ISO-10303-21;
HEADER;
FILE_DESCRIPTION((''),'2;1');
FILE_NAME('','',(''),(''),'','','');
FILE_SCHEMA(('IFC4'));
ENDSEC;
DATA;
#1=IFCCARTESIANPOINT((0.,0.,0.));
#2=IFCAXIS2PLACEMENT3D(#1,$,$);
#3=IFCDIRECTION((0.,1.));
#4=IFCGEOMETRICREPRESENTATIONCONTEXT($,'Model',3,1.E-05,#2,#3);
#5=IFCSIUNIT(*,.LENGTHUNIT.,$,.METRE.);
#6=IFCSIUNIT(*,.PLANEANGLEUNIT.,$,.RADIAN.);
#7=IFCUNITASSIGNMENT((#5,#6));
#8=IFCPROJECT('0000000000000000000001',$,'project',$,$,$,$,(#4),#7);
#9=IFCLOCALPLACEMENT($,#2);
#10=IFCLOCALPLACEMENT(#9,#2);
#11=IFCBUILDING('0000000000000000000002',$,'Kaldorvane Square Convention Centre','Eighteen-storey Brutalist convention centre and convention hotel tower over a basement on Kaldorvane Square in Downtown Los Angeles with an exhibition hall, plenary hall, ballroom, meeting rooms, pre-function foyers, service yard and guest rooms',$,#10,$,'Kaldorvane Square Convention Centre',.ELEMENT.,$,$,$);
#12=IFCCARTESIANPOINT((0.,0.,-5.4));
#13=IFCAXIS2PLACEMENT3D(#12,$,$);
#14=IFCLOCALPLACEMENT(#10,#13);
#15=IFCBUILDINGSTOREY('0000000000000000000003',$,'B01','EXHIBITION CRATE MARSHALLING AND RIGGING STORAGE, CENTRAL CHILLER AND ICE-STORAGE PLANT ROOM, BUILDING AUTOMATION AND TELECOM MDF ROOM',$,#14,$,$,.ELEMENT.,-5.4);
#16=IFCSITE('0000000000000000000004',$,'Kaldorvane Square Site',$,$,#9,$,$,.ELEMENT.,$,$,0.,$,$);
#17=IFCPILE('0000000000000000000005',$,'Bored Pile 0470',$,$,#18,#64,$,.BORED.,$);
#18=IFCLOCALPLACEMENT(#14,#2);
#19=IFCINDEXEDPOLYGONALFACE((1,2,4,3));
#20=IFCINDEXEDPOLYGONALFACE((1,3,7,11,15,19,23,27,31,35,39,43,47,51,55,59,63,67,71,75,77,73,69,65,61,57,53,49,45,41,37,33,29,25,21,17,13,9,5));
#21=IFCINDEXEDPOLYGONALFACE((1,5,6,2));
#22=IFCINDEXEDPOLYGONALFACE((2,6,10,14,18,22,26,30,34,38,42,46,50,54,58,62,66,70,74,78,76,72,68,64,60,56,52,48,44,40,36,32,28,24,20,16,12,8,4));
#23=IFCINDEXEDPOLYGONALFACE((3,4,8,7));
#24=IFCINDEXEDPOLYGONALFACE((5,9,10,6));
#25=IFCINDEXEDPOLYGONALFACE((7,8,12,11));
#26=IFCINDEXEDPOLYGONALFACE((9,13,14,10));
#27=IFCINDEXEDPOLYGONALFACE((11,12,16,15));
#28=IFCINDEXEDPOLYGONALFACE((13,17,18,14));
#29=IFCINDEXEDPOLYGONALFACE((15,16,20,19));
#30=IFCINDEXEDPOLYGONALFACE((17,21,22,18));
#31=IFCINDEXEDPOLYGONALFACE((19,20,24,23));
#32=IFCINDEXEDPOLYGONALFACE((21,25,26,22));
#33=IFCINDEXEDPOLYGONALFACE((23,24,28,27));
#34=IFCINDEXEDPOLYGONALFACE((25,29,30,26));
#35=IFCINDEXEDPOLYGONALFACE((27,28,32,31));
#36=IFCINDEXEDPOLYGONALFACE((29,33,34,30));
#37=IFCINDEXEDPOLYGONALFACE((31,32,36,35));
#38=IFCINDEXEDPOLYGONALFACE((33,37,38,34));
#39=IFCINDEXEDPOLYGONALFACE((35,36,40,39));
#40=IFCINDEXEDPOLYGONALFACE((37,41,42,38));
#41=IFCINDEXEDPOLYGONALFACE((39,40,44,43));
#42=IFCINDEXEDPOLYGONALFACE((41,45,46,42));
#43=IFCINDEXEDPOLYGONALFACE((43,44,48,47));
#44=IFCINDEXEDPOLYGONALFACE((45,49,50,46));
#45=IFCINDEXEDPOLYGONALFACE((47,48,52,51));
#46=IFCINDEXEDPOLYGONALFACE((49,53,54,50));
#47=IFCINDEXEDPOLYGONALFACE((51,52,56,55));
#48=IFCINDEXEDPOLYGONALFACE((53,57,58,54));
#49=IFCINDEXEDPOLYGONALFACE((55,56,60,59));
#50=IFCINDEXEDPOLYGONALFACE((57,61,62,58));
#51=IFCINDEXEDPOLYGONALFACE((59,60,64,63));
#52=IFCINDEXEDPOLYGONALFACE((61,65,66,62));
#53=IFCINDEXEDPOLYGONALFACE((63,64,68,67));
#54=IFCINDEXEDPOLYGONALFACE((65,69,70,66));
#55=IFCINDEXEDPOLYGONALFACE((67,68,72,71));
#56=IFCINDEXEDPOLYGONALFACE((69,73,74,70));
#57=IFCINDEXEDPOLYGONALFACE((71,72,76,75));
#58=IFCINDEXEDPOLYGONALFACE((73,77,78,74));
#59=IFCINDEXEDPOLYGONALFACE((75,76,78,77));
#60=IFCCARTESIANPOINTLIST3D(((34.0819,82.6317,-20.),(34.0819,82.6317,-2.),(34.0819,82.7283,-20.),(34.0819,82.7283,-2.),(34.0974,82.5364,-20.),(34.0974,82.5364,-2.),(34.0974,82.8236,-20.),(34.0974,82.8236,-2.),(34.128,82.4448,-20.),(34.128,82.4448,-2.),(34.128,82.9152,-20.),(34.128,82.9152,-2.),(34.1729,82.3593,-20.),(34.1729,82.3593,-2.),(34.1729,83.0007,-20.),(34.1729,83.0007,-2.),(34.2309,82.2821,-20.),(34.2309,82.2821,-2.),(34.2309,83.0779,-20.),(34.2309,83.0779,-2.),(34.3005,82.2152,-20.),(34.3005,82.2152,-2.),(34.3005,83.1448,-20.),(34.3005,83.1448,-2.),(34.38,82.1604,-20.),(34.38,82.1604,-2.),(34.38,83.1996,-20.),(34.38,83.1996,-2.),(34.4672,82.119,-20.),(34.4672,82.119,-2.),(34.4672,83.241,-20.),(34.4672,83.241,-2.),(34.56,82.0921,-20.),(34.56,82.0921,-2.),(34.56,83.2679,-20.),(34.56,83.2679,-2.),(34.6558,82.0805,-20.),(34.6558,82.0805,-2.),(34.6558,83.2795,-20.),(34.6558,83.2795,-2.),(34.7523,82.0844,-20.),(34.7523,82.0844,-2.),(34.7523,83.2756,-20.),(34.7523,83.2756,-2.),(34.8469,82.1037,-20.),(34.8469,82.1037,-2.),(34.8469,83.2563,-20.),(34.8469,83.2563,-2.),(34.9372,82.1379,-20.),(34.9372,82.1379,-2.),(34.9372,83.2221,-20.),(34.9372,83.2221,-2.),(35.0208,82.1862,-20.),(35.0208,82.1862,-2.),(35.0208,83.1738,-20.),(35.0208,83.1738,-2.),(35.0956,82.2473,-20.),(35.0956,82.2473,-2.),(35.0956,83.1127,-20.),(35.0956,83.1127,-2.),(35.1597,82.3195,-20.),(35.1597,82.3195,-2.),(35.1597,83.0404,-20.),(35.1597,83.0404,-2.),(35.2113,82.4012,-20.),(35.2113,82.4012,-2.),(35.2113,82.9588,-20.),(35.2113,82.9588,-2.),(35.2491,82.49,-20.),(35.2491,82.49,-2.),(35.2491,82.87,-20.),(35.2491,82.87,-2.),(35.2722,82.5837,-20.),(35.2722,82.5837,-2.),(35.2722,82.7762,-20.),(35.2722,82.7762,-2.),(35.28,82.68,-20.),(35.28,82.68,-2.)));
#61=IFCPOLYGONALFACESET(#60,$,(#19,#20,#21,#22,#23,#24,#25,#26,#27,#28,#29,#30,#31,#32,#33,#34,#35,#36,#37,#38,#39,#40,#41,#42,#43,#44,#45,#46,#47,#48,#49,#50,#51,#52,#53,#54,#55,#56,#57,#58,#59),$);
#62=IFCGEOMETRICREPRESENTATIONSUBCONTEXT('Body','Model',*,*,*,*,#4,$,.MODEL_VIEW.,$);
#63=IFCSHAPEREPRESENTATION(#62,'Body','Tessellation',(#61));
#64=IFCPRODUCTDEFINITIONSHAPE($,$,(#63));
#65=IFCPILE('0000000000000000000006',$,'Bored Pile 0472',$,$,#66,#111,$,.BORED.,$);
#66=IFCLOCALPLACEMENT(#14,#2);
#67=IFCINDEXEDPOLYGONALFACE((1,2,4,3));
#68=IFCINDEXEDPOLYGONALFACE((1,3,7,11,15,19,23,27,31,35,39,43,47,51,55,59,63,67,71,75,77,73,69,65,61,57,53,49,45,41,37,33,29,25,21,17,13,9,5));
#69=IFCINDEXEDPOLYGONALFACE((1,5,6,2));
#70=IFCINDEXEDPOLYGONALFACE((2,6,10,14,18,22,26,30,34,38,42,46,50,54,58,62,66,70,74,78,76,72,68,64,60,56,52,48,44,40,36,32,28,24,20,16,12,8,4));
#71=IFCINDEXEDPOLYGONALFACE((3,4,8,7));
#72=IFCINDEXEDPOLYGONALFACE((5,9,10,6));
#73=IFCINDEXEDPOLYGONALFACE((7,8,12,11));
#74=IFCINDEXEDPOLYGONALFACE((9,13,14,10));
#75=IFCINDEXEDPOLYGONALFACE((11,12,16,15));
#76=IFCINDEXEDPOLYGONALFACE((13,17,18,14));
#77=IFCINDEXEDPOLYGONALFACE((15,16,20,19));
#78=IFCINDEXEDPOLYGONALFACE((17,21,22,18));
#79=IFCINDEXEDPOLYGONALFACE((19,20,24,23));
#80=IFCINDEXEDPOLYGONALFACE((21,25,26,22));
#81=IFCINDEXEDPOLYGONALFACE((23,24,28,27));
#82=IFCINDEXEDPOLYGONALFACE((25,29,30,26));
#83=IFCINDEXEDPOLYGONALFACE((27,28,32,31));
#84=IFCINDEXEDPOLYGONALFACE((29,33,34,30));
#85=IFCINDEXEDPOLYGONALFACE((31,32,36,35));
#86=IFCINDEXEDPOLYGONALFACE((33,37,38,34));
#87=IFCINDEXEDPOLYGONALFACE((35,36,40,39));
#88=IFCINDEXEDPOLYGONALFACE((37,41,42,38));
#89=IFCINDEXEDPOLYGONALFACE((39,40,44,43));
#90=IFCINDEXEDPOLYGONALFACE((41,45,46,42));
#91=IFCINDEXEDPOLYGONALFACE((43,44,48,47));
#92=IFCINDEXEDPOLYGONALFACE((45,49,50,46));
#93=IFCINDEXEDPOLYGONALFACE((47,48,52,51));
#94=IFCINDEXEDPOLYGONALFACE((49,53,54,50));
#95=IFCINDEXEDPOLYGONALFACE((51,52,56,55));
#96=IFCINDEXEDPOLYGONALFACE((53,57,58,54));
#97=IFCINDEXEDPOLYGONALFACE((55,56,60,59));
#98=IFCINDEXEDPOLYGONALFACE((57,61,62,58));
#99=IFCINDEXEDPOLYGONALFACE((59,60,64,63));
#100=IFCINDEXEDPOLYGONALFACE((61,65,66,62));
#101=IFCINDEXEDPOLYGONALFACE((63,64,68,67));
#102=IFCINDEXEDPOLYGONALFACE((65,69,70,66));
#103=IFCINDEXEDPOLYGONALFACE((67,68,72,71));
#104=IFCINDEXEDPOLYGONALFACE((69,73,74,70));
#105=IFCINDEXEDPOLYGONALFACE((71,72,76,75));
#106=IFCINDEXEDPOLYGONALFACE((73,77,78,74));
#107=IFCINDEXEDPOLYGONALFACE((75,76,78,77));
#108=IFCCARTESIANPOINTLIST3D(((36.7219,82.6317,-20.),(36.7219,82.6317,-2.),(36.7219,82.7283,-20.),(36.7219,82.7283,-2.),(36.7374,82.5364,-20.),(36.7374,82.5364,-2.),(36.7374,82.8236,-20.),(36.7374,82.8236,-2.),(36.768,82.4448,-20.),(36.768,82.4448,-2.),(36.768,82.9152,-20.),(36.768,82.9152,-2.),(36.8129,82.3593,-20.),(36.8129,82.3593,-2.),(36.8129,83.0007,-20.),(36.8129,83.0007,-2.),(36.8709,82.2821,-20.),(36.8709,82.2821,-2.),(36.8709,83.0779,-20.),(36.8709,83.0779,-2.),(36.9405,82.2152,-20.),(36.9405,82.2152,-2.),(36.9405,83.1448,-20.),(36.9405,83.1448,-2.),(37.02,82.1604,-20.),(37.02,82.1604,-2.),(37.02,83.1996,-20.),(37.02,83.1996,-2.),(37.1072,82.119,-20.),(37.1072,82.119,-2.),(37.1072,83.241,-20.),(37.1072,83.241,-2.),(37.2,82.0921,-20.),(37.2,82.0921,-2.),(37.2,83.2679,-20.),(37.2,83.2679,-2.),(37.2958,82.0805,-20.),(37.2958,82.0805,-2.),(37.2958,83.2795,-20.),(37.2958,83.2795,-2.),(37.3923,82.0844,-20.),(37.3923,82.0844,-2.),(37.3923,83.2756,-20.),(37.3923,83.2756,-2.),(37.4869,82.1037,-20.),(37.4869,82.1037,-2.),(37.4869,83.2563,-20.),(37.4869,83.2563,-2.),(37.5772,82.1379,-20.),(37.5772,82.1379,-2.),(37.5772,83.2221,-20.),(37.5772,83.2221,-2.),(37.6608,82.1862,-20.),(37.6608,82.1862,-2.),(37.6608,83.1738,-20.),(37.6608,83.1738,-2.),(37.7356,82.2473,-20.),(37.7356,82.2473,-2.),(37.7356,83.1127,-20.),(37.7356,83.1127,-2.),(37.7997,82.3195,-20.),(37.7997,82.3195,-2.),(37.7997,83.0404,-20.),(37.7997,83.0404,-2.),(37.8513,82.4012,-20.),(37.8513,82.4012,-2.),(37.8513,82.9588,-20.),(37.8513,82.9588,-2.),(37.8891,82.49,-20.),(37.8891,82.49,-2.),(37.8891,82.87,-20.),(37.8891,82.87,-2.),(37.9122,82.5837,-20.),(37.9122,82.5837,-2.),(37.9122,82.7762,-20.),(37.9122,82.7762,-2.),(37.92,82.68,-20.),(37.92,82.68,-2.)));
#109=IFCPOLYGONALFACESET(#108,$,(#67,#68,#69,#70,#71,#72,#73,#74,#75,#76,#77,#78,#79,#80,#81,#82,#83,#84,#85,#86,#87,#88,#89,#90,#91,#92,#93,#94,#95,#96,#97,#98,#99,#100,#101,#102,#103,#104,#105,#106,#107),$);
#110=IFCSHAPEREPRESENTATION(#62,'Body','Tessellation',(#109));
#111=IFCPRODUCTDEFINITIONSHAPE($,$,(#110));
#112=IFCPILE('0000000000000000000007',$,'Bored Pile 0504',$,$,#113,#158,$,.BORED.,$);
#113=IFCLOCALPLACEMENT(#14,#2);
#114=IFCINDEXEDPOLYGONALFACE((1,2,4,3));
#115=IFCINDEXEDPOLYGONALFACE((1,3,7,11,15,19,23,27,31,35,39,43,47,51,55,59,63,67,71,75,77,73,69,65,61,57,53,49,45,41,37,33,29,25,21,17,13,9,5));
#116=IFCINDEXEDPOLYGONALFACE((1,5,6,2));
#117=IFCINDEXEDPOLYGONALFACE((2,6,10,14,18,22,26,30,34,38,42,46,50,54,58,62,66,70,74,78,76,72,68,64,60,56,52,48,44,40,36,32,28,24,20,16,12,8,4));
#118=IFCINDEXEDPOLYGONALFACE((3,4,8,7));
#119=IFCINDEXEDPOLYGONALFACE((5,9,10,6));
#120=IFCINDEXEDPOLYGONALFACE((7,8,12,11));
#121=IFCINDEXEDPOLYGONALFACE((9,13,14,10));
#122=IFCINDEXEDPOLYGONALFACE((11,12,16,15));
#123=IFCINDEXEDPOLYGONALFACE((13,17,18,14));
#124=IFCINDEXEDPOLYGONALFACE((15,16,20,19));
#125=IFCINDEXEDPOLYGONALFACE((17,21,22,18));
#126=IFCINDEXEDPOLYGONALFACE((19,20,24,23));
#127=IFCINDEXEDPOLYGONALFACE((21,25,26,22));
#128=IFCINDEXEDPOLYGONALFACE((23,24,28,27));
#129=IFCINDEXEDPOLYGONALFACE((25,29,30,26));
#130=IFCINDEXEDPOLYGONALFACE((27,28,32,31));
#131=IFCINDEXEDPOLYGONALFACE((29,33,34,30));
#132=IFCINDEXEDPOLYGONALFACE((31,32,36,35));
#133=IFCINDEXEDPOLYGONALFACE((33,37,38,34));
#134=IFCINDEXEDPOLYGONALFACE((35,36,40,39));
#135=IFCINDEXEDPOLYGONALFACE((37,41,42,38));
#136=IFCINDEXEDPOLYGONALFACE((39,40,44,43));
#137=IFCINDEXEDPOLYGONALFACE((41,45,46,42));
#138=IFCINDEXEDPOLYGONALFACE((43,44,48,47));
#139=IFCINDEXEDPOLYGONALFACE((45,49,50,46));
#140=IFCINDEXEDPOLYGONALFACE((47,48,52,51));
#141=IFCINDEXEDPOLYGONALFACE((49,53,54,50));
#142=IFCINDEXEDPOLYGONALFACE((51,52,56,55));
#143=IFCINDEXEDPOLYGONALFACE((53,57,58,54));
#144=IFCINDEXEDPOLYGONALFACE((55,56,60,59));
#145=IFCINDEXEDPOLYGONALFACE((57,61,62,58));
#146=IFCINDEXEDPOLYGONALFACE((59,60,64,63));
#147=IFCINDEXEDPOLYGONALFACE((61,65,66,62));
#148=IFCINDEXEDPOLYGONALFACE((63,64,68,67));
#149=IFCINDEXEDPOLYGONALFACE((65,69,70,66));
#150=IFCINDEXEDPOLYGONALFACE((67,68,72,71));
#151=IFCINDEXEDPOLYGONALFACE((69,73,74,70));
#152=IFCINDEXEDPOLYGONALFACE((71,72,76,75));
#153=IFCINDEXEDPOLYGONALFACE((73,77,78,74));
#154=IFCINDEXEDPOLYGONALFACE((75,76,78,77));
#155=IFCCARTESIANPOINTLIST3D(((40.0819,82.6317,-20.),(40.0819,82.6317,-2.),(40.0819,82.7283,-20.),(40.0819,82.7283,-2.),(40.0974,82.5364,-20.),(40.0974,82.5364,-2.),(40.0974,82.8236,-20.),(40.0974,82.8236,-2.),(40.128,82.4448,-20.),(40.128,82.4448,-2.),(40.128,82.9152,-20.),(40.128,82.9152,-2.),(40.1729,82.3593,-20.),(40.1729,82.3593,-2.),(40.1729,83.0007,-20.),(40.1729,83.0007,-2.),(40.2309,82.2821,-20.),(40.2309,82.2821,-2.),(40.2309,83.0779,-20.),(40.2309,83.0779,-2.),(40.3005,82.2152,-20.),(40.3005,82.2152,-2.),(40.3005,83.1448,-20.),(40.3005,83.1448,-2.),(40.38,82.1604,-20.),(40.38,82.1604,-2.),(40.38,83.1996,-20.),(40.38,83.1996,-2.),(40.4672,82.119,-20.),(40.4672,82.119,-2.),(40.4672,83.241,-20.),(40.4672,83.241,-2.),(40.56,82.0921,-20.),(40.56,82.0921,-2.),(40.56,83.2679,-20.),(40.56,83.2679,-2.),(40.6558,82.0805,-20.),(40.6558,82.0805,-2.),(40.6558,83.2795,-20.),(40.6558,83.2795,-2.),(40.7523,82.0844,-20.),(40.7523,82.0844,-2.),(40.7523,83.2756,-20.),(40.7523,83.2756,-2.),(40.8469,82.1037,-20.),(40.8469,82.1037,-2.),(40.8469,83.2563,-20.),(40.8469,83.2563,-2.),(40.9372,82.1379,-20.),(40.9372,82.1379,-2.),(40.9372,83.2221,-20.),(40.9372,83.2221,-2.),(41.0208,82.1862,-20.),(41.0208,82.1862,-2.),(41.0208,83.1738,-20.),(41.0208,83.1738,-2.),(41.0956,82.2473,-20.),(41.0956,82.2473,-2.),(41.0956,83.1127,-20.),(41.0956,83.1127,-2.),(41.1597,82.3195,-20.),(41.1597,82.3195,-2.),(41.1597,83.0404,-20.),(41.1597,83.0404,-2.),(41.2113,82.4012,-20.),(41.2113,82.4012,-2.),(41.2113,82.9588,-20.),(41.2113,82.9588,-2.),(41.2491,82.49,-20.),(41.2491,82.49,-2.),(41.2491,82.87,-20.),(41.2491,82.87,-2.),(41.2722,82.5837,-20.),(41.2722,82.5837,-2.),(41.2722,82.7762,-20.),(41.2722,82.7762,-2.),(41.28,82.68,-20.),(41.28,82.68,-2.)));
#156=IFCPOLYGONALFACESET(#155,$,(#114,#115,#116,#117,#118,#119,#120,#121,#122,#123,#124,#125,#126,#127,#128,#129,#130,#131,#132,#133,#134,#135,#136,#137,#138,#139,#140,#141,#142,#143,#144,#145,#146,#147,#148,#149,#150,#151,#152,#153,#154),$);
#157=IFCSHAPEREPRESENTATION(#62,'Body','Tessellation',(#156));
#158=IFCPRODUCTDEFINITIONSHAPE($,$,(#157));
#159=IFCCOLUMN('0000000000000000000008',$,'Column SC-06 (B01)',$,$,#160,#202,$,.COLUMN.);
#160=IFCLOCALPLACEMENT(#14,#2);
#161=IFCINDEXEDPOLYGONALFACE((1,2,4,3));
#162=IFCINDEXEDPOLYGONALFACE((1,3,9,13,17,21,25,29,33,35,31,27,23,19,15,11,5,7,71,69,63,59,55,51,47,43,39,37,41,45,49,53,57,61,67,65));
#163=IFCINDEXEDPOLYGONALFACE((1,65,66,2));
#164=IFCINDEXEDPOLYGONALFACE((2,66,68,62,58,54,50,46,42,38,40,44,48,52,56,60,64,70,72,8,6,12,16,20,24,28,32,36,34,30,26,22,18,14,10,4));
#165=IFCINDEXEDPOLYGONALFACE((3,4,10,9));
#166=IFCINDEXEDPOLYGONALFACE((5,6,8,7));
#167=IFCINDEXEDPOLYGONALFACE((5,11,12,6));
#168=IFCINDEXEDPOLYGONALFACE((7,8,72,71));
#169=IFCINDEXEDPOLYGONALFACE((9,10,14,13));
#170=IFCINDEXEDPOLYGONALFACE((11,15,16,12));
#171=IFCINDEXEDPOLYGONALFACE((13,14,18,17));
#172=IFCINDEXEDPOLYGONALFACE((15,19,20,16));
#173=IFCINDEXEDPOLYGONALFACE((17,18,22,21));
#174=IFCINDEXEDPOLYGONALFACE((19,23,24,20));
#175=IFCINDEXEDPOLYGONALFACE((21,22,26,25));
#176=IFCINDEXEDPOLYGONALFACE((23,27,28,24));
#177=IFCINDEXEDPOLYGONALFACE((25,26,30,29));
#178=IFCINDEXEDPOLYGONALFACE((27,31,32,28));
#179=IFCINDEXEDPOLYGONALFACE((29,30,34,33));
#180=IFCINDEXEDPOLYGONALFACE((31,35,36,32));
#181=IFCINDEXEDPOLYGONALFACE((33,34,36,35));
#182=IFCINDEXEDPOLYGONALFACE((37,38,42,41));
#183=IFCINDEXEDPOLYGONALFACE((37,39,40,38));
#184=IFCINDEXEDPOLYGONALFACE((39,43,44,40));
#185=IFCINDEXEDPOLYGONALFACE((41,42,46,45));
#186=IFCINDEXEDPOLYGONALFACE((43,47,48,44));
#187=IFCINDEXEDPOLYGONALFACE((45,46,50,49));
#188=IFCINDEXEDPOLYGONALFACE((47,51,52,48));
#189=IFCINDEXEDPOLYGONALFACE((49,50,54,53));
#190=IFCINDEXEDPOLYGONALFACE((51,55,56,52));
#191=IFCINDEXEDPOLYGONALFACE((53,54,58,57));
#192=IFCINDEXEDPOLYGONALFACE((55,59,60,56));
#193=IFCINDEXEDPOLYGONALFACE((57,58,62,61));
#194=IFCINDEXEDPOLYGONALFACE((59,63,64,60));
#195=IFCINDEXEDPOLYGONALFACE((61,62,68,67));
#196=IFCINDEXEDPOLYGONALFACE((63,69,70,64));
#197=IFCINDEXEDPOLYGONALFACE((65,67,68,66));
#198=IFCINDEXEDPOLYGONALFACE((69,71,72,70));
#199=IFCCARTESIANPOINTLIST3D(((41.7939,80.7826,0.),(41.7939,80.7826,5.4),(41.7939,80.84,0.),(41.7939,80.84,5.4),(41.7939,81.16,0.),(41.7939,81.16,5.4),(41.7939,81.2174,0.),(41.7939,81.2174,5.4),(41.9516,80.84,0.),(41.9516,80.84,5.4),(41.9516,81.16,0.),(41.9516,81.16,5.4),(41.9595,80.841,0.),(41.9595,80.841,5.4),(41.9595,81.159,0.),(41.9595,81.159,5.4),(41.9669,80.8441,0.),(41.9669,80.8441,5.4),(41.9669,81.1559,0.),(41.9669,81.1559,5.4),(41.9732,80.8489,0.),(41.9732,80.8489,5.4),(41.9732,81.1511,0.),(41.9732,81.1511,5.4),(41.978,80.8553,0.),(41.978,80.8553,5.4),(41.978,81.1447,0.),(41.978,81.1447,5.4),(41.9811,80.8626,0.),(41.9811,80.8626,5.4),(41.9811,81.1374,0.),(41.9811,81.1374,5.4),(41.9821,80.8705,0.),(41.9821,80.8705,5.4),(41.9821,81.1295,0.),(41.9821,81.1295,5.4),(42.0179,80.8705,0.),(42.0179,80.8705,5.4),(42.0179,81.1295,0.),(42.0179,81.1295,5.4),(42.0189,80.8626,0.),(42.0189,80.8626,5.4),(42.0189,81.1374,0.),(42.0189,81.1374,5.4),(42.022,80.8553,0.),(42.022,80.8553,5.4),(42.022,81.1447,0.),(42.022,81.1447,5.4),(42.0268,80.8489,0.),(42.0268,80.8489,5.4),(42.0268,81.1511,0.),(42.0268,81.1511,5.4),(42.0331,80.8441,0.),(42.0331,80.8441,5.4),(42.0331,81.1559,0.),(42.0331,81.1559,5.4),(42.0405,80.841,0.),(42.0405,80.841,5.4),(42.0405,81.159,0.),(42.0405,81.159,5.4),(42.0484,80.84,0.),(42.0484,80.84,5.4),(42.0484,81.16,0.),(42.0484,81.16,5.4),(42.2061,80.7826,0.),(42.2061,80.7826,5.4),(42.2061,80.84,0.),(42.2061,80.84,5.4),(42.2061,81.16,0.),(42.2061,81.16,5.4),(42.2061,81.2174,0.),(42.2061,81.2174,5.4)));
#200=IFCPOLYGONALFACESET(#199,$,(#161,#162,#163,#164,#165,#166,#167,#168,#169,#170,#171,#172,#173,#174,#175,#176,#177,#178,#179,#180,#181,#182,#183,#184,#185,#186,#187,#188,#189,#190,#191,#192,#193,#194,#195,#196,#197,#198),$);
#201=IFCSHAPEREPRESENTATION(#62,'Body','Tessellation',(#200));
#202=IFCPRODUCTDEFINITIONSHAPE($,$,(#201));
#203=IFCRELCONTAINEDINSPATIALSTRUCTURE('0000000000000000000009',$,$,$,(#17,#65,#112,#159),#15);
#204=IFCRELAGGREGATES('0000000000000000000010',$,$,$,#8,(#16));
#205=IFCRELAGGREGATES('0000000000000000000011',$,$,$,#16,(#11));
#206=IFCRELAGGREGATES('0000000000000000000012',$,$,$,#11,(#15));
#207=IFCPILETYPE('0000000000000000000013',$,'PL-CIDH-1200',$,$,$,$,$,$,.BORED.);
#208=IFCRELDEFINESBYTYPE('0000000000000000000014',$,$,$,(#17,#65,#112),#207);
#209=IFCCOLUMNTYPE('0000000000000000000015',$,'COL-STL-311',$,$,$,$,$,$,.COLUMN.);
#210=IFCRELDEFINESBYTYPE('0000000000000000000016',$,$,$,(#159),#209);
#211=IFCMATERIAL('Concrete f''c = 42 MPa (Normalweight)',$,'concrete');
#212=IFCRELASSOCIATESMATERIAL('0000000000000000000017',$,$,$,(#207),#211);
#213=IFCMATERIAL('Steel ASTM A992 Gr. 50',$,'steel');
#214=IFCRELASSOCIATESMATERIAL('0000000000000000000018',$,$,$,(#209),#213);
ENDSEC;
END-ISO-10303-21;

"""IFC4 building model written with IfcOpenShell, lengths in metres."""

from ifc_helpers import new_model, si_unit, direction, frame, origin, origin_2d, place, context, subcontext, project, spatial, circle, i_section, extrude, material, material_profile, profile_set, type_object, element, save


model = new_model("IFC4")

# Units and contexts
model_context = context("Model", 3, precision=1e-05, world=origin(), true_north=direction((0.0, 1.0)))
body_context = subcontext(model_context, "Body", "Model", "MODEL_VIEW")
ifc_project = project(units=[si_unit("LENGTHUNIT", "METRE"), si_unit("PLANEANGLEUNIT", "RADIAN")], contexts=[model_context])

# Site, building, storey
site_placement = place(None, origin())
site = spatial("IfcSite", under=ifc_project, at=site_placement, Name="Kaldorvane Square Site", CompositionType="ELEMENT", RefElevation=0.0)
building_placement = place(site_placement, origin())
building = spatial("IfcBuilding", under=site, at=building_placement, Name="Kaldorvane Square Convention Centre", Description="Eighteen-storey Brutalist convention centre and convention hotel tower over a basement on Kaldorvane Square in Downtown Los Angeles with an exhibition hall, plenary hall, ballroom, meeting rooms, pre-function foyers, service yard and guest rooms", LongName="Kaldorvane Square Convention Centre", CompositionType="ELEMENT")
storey_placement = place(building_placement, frame((0.0, 0.0, -5.4)))
storey = spatial("IfcBuildingStorey", under=building, at=storey_placement, Name="B01", Description="EXHIBITION CRATE MARSHALLING AND RIGGING STORAGE, CENTRAL CHILLER AND ICE-STORAGE PLANT ROOM, BUILDING AUTOMATION AND TELECOM MDF ROOM", CompositionType="ELEMENT", Elevation=-5.4)

# Shared definitions
ifc_material_1 = material(Name="Concrete f'c = 42 MPa (Normalweight)", Category="concrete")

# Piles
ifc_material_profile_1 = material_profile(ifc_material_1, circle(Radius=0.6, at=origin_2d()), Name="PILE-D1200")
ifc_profile_set_1 = profile_set([ifc_material_profile_1], Name="Concrete f'c = 42 MPa (Normalweight)")
pile_type_1 = type_object("IfcPileType", Name="PL-CIDH-1200", PredefinedType="BORED", material=ifc_profile_set_1)
for number, where, z_axis, x_axis, name in (
    (1, (34.68, 82.68, -2.0), (0.0, 0.0, -1.0), (1.0, 0.0, 0.0), "Bored Pile 0470"),
    (2, (37.32, 82.68, -2.0), (0.0, 0.0, -1.0), (1.0, 0.0, 0.0), "Bored Pile 0472"),
    (3, (40.68, 82.68, -2.0), (0.0, 0.0, -1.0), (1.0, 0.0, 0.0), "Bored Pile 0504"),
):
    element("IfcPile", number, at=place(storey_placement, frame(where, z_axis=z_axis, x_axis=x_axis)), inside=storey, type_object=pile_type_1, Name=name, PredefinedType="BORED", context=body_context, shape_type="SweptSolid", body=[
        extrude(circle(Radius=0.6, at=origin_2d()), origin(), (0.0, 0.0, 1.0), 18.0),
    ])

# Column
ifc_material_2 = material(Name="Steel ASTM A992 Gr. 50", Category="steel")
ifc_material_profile_2 = material_profile(ifc_material_2, i_section(OverallWidth=0.4122, OverallDepth=0.4348, WebThickness=0.0358, FlangeThickness=0.0574, FilletRadius=0.0305, at=origin_2d()), Name="W14X311")
ifc_profile_set_2 = profile_set([ifc_material_profile_2], Name="Steel ASTM A992 Gr. 50")
column_type = type_object("IfcColumnType", Name="COL-STL-311", PredefinedType="COLUMN", material=ifc_profile_set_2)
column_placement = place(storey_placement, frame((42.0, 81.0, 0.0), z_axis=(0.0, 0.0, 1.0), x_axis=(1.0, 0.0, 0.0)))
element("IfcColumn", 4, at=column_placement, inside=storey, type_object=column_type, Name="Column SC-06 (B01)", PredefinedType="COLUMN", context=body_context, shape_type="SweptSolid", body=[
    extrude(i_section(OverallWidth=0.4122, OverallDepth=0.4348, WebThickness=0.0358, FlangeThickness=0.0574, FilletRadius=0.0305, at=origin_2d()), origin(), (0.0, 0.0, 1.0), 5.4),
])

save(model, "model.ifc")
